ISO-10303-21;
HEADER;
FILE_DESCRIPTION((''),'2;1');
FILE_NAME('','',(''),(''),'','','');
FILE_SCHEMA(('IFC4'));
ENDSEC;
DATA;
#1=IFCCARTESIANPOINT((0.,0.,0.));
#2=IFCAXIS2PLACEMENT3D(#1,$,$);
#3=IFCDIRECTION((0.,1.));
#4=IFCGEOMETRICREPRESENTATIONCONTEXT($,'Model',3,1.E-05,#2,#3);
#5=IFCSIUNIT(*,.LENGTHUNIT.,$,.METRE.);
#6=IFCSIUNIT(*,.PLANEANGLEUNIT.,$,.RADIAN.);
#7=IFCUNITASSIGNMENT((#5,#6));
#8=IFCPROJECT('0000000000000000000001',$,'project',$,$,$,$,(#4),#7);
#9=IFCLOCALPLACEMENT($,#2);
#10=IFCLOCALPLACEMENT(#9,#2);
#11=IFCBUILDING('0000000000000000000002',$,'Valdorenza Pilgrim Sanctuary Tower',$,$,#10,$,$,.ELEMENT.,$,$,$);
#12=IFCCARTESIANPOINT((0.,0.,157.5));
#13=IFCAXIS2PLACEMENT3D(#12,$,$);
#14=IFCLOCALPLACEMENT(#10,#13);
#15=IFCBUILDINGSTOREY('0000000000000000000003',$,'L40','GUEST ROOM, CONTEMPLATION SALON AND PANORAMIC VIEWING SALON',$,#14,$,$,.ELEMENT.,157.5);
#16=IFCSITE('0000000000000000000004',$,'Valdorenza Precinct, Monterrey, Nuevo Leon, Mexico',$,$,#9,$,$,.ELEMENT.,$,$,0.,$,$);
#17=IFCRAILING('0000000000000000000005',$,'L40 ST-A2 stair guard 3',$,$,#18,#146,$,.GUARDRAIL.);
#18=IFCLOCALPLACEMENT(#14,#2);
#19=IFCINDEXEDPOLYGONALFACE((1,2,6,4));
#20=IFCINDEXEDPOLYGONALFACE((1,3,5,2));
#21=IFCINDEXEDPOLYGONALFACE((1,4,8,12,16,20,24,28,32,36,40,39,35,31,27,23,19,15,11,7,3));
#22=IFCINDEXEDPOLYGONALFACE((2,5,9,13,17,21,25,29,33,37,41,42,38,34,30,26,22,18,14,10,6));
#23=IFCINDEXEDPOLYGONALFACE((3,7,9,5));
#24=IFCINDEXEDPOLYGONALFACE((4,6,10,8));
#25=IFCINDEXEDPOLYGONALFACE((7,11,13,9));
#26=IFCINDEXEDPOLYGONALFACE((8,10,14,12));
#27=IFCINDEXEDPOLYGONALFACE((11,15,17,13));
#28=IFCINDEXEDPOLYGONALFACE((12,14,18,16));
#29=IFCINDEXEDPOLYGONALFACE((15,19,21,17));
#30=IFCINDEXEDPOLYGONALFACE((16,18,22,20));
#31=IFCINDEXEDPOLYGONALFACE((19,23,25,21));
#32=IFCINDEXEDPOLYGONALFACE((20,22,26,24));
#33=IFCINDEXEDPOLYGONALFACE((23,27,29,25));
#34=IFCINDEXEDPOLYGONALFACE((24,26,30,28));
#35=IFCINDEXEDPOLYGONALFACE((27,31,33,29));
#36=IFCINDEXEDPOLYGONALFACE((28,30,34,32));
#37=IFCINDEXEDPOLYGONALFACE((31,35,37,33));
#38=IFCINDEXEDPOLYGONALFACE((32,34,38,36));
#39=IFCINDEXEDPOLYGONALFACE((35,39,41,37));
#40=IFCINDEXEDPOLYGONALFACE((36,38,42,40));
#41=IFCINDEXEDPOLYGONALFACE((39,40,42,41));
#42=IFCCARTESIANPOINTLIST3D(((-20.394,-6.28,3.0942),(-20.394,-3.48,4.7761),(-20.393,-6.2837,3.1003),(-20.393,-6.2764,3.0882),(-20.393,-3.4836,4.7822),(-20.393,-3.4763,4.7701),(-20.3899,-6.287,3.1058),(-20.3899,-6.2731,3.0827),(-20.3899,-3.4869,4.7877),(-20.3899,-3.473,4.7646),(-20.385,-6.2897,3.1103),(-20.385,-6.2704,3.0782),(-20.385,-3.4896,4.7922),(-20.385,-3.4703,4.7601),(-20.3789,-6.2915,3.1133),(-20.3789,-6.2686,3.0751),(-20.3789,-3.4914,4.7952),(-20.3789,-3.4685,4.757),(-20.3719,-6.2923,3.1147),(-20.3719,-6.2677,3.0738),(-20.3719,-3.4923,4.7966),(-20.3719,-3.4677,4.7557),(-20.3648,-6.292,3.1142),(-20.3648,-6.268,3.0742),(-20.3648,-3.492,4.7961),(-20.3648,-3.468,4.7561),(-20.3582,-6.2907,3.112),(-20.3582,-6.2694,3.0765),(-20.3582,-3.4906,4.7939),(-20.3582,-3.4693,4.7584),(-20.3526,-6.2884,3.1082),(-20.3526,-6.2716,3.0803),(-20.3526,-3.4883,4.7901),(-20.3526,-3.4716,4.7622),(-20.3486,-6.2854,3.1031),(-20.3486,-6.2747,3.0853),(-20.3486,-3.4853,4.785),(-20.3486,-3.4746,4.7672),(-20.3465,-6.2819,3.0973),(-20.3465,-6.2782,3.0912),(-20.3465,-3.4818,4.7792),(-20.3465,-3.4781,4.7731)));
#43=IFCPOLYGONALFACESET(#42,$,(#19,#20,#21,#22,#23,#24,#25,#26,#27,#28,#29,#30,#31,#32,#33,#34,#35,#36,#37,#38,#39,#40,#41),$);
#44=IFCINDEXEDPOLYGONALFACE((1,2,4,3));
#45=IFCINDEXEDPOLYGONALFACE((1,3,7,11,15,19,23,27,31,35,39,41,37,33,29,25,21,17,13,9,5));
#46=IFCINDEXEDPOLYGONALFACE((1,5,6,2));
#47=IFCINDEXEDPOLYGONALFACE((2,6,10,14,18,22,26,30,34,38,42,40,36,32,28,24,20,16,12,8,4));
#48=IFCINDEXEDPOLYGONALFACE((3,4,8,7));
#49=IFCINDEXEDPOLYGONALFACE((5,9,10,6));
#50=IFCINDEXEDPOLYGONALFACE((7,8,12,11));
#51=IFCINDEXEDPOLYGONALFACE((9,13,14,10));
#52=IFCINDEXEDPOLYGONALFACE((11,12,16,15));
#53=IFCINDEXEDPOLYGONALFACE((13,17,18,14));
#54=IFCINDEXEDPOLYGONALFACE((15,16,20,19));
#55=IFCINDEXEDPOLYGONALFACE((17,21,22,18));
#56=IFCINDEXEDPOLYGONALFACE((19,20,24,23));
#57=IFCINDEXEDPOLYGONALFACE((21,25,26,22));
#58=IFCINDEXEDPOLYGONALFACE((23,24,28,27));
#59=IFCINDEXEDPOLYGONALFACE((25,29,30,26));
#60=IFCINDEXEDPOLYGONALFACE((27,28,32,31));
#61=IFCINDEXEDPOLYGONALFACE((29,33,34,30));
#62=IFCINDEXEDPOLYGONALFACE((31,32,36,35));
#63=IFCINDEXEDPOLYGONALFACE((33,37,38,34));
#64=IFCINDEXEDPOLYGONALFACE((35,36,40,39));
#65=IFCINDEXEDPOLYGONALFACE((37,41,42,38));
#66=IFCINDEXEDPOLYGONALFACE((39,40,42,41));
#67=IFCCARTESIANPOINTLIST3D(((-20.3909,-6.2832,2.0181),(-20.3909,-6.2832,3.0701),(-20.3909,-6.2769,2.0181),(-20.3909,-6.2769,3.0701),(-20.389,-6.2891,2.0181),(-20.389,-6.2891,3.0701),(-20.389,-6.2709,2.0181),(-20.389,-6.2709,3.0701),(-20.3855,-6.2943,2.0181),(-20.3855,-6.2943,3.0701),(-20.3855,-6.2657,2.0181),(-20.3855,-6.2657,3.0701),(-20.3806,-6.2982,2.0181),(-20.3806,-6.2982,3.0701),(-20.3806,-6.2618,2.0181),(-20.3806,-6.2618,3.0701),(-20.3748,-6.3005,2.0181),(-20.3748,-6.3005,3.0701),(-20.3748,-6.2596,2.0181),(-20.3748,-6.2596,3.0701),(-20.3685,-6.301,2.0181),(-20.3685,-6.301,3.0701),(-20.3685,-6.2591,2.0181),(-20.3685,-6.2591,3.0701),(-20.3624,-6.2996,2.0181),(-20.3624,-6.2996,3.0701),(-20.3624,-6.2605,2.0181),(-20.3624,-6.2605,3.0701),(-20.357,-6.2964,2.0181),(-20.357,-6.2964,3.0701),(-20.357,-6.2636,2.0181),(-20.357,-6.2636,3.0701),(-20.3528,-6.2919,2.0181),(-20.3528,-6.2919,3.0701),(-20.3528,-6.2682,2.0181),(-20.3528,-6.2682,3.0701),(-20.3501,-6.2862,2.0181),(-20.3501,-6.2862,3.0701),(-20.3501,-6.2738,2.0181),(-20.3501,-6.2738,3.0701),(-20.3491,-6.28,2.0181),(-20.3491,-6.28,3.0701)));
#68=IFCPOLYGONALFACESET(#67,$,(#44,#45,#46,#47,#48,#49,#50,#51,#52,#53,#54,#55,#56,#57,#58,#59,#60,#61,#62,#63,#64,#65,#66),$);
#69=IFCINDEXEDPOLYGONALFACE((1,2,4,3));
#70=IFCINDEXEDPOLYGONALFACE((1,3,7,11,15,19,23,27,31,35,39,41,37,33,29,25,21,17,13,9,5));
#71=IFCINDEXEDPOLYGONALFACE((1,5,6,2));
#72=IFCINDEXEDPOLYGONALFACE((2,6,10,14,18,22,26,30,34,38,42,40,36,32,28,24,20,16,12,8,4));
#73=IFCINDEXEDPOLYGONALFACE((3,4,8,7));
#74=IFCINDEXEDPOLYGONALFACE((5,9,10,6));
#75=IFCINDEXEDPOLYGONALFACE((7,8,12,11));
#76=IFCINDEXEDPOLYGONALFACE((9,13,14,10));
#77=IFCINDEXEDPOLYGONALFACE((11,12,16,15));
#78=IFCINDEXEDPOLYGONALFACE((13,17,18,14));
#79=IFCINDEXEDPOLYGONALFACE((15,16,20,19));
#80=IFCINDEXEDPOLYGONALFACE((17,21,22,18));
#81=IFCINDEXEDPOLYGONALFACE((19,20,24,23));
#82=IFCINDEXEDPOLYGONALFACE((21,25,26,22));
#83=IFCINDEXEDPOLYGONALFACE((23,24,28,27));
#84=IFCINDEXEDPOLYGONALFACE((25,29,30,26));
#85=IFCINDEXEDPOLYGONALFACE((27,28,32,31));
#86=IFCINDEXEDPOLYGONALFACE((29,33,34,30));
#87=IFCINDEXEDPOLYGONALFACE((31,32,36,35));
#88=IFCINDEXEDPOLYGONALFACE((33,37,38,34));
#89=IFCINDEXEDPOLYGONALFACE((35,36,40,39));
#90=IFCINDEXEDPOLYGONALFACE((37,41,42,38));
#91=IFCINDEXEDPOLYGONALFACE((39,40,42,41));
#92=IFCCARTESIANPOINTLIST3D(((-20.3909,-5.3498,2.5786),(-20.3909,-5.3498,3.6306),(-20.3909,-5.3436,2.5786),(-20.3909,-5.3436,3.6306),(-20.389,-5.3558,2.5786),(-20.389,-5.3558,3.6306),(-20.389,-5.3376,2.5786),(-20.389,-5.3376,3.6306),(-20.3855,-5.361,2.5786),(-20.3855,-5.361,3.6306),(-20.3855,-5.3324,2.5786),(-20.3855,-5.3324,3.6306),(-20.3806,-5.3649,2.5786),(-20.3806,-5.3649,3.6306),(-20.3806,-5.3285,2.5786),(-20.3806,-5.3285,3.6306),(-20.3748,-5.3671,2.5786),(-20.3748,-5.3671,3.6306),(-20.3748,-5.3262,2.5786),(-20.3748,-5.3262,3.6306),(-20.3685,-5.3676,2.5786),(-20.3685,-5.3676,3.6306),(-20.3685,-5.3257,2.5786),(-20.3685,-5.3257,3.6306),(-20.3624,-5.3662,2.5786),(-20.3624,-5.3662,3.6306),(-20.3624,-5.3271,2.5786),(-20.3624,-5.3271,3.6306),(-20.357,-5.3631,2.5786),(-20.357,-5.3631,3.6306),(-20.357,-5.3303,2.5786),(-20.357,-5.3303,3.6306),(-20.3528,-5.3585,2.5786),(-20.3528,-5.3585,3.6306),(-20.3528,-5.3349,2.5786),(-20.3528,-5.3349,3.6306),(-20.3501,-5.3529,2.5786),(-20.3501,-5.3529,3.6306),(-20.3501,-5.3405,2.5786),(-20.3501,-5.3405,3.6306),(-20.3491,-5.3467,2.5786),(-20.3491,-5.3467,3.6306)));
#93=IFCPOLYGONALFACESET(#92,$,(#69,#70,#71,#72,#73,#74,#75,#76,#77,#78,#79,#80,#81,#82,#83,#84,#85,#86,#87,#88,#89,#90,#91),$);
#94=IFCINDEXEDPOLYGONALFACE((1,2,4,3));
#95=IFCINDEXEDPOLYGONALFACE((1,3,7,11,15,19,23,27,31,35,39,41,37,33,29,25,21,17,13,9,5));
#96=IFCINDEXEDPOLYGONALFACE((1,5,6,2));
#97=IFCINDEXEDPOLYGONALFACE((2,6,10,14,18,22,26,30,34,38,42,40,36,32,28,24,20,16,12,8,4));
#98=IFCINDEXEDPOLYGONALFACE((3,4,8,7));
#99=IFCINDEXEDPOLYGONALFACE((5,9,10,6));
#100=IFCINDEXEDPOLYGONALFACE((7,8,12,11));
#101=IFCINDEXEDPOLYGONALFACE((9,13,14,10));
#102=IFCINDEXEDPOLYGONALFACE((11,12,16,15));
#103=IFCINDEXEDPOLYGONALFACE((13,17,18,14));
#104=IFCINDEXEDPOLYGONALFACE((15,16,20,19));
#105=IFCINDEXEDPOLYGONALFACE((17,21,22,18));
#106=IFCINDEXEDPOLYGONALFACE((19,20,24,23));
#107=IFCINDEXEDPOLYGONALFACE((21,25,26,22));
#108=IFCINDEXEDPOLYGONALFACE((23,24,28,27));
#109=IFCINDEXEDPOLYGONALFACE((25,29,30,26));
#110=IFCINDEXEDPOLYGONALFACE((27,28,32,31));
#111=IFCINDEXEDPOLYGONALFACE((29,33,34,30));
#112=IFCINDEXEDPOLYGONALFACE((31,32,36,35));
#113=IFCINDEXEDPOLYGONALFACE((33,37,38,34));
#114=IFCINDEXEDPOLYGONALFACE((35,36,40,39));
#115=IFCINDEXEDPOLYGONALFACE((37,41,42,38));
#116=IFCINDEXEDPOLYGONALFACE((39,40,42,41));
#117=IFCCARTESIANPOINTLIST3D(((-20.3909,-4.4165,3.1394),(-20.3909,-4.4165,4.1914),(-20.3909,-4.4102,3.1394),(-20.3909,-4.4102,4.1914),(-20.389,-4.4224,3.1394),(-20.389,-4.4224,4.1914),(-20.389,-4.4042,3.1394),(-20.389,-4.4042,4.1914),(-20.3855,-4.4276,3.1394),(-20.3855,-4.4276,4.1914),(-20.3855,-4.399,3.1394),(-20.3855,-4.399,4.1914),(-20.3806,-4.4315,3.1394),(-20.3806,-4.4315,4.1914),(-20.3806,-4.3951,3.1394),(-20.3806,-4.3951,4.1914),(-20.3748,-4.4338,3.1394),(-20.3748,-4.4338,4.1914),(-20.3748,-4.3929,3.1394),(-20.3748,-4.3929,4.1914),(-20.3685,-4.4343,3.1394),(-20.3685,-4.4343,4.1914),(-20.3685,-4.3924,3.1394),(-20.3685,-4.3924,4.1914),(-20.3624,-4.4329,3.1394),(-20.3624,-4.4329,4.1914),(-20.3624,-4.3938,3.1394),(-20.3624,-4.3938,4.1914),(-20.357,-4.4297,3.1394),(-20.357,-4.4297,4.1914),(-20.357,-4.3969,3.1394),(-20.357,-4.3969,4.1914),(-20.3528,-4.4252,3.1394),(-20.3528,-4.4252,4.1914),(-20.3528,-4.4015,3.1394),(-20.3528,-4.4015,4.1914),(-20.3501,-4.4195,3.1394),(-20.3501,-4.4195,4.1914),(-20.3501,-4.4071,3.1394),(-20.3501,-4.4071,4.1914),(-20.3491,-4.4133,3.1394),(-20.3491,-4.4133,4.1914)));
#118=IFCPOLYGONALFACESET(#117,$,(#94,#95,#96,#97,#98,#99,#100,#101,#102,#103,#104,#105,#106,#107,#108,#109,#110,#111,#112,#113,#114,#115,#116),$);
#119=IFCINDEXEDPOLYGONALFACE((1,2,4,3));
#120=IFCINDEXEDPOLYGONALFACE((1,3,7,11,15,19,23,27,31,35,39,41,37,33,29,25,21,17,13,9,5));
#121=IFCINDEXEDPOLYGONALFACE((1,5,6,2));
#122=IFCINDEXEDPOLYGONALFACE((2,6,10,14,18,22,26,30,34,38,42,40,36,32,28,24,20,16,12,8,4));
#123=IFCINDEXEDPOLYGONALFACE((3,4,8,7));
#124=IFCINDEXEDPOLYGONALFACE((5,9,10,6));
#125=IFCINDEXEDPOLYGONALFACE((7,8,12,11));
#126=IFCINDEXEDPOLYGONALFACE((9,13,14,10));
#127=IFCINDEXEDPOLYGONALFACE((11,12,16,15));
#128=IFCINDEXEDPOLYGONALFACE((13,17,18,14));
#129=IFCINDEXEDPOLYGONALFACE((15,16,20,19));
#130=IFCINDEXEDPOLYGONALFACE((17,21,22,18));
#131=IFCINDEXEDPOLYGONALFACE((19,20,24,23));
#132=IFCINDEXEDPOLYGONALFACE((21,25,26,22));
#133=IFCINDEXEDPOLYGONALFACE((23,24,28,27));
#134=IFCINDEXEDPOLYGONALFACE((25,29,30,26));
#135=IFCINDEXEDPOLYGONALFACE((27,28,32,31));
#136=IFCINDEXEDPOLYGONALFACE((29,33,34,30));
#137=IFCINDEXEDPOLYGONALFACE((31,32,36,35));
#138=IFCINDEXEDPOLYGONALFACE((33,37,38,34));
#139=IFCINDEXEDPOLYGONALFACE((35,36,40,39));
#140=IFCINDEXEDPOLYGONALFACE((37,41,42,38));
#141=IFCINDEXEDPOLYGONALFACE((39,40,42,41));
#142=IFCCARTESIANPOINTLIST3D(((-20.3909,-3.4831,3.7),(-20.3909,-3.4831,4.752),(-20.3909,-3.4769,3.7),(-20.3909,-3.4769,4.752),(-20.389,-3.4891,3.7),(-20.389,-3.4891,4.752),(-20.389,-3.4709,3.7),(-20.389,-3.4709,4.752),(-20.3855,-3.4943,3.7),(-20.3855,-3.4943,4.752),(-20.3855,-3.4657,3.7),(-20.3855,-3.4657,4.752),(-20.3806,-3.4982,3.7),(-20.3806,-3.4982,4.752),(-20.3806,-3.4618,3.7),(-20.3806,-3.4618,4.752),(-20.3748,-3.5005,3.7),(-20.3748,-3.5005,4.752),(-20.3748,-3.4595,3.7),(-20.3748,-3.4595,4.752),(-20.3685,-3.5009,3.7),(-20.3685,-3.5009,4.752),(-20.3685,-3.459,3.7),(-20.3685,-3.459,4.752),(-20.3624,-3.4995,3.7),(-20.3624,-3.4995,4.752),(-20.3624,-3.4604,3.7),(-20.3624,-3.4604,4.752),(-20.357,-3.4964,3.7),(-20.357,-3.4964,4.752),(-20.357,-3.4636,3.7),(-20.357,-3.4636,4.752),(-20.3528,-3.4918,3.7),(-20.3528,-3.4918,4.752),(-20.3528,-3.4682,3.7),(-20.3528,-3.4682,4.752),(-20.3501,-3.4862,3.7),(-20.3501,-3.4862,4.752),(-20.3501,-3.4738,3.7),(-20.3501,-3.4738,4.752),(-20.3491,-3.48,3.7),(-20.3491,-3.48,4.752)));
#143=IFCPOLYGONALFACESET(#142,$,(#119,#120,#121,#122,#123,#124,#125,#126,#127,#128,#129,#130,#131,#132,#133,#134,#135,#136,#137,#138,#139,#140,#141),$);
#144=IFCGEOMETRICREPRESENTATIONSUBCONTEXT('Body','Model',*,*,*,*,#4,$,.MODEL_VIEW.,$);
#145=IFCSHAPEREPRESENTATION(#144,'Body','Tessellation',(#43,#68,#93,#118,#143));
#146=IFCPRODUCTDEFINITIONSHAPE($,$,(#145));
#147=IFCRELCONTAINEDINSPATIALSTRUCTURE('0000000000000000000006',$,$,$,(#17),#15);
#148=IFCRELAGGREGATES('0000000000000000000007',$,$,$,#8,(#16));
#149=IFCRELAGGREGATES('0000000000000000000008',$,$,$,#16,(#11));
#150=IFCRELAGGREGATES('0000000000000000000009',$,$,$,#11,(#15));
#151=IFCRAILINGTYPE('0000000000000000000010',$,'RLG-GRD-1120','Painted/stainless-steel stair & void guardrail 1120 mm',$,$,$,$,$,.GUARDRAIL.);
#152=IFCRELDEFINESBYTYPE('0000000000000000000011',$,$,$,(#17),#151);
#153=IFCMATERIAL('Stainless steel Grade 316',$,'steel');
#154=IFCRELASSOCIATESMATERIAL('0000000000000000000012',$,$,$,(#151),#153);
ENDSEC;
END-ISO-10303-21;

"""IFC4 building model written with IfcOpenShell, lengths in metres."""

from ifc_helpers import new_model, si_unit, direction, frame, origin, origin_2d, place, context, subcontext, project, spatial, circle, extrude, material, type_object, element, save


model = new_model("IFC4")

# Units and contexts
model_context = context("Model", 3, precision=1e-05, world=origin(), true_north=direction((0.0, 1.0)))
body_context = subcontext(model_context, "Body", "Model", "MODEL_VIEW")
ifc_project = project(units=[si_unit("LENGTHUNIT", "METRE"), si_unit("PLANEANGLEUNIT", "RADIAN")], contexts=[model_context])

# Site, building, storey
site_placement = place(None, origin())
site = spatial("IfcSite", under=ifc_project, at=site_placement, Name="Valdorenza Precinct, Monterrey, Nuevo Leon, Mexico", CompositionType="ELEMENT", RefElevation=0.0)
building_placement = place(site_placement, origin())
building = spatial("IfcBuilding", under=site, at=building_placement, Name="Valdorenza Pilgrim Sanctuary Tower", CompositionType="ELEMENT")
storey_placement = place(building_placement, frame((0.0, 0.0, 157.5)))
storey = spatial("IfcBuildingStorey", under=building, at=storey_placement, Name="L40", Description="GUEST ROOM, CONTEMPLATION SALON AND PANORAMIC VIEWING SALON", CompositionType="ELEMENT", Elevation=157.5)

# Railing
ifc_material_1 = material(Name="Stainless steel Grade 316", Category="steel")
railing_type_1 = type_object("IfcRailingType", Name="RLG-GRD-1120", Description="Painted/stainless-steel stair & void guardrail 1120 mm", PredefinedType="GUARDRAIL", material=ifc_material_1)
railing_1_placement = place(storey_placement, frame((-20.3701, -6.28, 2.0181)))
element("IfcRailing", 1, at=railing_1_placement, inside=storey, type_object=railing_type_1, Name="L40 ST-A2 stair guard 3", PredefinedType="GUARDRAIL", context=body_context, shape_type="SweptSolid", body=[
    extrude(circle(Radius=0.0239, at=origin_2d()), frame((0.0, 0.0, 1.0762), z_axis=(0.0, 0.857242, 0.514913), x_axis=(-1.0, 0.0, 0.0)), (0.0, 0.0, 1.0), 3.2664),
    extrude(circle(Radius=0.021, at=origin_2d()), origin(), (0.0, 0.0, 1.0), 1.052),
    extrude(circle(Radius=0.021, at=origin_2d()), frame((0.0, 0.9333, 0.5605)), (0.0, 0.0, 1.0), 1.052),
    extrude(circle(Radius=0.021, at=origin_2d()), frame((0.0, 1.8667, 1.1213)), (0.0, 0.0, 1.0), 1.052),
    extrude(circle(Radius=0.021, at=origin_2d()), frame((0.0, 2.8, 1.6819)), (0.0, 0.0, 1.0), 1.052),
])

save(model, "model.ifc")
